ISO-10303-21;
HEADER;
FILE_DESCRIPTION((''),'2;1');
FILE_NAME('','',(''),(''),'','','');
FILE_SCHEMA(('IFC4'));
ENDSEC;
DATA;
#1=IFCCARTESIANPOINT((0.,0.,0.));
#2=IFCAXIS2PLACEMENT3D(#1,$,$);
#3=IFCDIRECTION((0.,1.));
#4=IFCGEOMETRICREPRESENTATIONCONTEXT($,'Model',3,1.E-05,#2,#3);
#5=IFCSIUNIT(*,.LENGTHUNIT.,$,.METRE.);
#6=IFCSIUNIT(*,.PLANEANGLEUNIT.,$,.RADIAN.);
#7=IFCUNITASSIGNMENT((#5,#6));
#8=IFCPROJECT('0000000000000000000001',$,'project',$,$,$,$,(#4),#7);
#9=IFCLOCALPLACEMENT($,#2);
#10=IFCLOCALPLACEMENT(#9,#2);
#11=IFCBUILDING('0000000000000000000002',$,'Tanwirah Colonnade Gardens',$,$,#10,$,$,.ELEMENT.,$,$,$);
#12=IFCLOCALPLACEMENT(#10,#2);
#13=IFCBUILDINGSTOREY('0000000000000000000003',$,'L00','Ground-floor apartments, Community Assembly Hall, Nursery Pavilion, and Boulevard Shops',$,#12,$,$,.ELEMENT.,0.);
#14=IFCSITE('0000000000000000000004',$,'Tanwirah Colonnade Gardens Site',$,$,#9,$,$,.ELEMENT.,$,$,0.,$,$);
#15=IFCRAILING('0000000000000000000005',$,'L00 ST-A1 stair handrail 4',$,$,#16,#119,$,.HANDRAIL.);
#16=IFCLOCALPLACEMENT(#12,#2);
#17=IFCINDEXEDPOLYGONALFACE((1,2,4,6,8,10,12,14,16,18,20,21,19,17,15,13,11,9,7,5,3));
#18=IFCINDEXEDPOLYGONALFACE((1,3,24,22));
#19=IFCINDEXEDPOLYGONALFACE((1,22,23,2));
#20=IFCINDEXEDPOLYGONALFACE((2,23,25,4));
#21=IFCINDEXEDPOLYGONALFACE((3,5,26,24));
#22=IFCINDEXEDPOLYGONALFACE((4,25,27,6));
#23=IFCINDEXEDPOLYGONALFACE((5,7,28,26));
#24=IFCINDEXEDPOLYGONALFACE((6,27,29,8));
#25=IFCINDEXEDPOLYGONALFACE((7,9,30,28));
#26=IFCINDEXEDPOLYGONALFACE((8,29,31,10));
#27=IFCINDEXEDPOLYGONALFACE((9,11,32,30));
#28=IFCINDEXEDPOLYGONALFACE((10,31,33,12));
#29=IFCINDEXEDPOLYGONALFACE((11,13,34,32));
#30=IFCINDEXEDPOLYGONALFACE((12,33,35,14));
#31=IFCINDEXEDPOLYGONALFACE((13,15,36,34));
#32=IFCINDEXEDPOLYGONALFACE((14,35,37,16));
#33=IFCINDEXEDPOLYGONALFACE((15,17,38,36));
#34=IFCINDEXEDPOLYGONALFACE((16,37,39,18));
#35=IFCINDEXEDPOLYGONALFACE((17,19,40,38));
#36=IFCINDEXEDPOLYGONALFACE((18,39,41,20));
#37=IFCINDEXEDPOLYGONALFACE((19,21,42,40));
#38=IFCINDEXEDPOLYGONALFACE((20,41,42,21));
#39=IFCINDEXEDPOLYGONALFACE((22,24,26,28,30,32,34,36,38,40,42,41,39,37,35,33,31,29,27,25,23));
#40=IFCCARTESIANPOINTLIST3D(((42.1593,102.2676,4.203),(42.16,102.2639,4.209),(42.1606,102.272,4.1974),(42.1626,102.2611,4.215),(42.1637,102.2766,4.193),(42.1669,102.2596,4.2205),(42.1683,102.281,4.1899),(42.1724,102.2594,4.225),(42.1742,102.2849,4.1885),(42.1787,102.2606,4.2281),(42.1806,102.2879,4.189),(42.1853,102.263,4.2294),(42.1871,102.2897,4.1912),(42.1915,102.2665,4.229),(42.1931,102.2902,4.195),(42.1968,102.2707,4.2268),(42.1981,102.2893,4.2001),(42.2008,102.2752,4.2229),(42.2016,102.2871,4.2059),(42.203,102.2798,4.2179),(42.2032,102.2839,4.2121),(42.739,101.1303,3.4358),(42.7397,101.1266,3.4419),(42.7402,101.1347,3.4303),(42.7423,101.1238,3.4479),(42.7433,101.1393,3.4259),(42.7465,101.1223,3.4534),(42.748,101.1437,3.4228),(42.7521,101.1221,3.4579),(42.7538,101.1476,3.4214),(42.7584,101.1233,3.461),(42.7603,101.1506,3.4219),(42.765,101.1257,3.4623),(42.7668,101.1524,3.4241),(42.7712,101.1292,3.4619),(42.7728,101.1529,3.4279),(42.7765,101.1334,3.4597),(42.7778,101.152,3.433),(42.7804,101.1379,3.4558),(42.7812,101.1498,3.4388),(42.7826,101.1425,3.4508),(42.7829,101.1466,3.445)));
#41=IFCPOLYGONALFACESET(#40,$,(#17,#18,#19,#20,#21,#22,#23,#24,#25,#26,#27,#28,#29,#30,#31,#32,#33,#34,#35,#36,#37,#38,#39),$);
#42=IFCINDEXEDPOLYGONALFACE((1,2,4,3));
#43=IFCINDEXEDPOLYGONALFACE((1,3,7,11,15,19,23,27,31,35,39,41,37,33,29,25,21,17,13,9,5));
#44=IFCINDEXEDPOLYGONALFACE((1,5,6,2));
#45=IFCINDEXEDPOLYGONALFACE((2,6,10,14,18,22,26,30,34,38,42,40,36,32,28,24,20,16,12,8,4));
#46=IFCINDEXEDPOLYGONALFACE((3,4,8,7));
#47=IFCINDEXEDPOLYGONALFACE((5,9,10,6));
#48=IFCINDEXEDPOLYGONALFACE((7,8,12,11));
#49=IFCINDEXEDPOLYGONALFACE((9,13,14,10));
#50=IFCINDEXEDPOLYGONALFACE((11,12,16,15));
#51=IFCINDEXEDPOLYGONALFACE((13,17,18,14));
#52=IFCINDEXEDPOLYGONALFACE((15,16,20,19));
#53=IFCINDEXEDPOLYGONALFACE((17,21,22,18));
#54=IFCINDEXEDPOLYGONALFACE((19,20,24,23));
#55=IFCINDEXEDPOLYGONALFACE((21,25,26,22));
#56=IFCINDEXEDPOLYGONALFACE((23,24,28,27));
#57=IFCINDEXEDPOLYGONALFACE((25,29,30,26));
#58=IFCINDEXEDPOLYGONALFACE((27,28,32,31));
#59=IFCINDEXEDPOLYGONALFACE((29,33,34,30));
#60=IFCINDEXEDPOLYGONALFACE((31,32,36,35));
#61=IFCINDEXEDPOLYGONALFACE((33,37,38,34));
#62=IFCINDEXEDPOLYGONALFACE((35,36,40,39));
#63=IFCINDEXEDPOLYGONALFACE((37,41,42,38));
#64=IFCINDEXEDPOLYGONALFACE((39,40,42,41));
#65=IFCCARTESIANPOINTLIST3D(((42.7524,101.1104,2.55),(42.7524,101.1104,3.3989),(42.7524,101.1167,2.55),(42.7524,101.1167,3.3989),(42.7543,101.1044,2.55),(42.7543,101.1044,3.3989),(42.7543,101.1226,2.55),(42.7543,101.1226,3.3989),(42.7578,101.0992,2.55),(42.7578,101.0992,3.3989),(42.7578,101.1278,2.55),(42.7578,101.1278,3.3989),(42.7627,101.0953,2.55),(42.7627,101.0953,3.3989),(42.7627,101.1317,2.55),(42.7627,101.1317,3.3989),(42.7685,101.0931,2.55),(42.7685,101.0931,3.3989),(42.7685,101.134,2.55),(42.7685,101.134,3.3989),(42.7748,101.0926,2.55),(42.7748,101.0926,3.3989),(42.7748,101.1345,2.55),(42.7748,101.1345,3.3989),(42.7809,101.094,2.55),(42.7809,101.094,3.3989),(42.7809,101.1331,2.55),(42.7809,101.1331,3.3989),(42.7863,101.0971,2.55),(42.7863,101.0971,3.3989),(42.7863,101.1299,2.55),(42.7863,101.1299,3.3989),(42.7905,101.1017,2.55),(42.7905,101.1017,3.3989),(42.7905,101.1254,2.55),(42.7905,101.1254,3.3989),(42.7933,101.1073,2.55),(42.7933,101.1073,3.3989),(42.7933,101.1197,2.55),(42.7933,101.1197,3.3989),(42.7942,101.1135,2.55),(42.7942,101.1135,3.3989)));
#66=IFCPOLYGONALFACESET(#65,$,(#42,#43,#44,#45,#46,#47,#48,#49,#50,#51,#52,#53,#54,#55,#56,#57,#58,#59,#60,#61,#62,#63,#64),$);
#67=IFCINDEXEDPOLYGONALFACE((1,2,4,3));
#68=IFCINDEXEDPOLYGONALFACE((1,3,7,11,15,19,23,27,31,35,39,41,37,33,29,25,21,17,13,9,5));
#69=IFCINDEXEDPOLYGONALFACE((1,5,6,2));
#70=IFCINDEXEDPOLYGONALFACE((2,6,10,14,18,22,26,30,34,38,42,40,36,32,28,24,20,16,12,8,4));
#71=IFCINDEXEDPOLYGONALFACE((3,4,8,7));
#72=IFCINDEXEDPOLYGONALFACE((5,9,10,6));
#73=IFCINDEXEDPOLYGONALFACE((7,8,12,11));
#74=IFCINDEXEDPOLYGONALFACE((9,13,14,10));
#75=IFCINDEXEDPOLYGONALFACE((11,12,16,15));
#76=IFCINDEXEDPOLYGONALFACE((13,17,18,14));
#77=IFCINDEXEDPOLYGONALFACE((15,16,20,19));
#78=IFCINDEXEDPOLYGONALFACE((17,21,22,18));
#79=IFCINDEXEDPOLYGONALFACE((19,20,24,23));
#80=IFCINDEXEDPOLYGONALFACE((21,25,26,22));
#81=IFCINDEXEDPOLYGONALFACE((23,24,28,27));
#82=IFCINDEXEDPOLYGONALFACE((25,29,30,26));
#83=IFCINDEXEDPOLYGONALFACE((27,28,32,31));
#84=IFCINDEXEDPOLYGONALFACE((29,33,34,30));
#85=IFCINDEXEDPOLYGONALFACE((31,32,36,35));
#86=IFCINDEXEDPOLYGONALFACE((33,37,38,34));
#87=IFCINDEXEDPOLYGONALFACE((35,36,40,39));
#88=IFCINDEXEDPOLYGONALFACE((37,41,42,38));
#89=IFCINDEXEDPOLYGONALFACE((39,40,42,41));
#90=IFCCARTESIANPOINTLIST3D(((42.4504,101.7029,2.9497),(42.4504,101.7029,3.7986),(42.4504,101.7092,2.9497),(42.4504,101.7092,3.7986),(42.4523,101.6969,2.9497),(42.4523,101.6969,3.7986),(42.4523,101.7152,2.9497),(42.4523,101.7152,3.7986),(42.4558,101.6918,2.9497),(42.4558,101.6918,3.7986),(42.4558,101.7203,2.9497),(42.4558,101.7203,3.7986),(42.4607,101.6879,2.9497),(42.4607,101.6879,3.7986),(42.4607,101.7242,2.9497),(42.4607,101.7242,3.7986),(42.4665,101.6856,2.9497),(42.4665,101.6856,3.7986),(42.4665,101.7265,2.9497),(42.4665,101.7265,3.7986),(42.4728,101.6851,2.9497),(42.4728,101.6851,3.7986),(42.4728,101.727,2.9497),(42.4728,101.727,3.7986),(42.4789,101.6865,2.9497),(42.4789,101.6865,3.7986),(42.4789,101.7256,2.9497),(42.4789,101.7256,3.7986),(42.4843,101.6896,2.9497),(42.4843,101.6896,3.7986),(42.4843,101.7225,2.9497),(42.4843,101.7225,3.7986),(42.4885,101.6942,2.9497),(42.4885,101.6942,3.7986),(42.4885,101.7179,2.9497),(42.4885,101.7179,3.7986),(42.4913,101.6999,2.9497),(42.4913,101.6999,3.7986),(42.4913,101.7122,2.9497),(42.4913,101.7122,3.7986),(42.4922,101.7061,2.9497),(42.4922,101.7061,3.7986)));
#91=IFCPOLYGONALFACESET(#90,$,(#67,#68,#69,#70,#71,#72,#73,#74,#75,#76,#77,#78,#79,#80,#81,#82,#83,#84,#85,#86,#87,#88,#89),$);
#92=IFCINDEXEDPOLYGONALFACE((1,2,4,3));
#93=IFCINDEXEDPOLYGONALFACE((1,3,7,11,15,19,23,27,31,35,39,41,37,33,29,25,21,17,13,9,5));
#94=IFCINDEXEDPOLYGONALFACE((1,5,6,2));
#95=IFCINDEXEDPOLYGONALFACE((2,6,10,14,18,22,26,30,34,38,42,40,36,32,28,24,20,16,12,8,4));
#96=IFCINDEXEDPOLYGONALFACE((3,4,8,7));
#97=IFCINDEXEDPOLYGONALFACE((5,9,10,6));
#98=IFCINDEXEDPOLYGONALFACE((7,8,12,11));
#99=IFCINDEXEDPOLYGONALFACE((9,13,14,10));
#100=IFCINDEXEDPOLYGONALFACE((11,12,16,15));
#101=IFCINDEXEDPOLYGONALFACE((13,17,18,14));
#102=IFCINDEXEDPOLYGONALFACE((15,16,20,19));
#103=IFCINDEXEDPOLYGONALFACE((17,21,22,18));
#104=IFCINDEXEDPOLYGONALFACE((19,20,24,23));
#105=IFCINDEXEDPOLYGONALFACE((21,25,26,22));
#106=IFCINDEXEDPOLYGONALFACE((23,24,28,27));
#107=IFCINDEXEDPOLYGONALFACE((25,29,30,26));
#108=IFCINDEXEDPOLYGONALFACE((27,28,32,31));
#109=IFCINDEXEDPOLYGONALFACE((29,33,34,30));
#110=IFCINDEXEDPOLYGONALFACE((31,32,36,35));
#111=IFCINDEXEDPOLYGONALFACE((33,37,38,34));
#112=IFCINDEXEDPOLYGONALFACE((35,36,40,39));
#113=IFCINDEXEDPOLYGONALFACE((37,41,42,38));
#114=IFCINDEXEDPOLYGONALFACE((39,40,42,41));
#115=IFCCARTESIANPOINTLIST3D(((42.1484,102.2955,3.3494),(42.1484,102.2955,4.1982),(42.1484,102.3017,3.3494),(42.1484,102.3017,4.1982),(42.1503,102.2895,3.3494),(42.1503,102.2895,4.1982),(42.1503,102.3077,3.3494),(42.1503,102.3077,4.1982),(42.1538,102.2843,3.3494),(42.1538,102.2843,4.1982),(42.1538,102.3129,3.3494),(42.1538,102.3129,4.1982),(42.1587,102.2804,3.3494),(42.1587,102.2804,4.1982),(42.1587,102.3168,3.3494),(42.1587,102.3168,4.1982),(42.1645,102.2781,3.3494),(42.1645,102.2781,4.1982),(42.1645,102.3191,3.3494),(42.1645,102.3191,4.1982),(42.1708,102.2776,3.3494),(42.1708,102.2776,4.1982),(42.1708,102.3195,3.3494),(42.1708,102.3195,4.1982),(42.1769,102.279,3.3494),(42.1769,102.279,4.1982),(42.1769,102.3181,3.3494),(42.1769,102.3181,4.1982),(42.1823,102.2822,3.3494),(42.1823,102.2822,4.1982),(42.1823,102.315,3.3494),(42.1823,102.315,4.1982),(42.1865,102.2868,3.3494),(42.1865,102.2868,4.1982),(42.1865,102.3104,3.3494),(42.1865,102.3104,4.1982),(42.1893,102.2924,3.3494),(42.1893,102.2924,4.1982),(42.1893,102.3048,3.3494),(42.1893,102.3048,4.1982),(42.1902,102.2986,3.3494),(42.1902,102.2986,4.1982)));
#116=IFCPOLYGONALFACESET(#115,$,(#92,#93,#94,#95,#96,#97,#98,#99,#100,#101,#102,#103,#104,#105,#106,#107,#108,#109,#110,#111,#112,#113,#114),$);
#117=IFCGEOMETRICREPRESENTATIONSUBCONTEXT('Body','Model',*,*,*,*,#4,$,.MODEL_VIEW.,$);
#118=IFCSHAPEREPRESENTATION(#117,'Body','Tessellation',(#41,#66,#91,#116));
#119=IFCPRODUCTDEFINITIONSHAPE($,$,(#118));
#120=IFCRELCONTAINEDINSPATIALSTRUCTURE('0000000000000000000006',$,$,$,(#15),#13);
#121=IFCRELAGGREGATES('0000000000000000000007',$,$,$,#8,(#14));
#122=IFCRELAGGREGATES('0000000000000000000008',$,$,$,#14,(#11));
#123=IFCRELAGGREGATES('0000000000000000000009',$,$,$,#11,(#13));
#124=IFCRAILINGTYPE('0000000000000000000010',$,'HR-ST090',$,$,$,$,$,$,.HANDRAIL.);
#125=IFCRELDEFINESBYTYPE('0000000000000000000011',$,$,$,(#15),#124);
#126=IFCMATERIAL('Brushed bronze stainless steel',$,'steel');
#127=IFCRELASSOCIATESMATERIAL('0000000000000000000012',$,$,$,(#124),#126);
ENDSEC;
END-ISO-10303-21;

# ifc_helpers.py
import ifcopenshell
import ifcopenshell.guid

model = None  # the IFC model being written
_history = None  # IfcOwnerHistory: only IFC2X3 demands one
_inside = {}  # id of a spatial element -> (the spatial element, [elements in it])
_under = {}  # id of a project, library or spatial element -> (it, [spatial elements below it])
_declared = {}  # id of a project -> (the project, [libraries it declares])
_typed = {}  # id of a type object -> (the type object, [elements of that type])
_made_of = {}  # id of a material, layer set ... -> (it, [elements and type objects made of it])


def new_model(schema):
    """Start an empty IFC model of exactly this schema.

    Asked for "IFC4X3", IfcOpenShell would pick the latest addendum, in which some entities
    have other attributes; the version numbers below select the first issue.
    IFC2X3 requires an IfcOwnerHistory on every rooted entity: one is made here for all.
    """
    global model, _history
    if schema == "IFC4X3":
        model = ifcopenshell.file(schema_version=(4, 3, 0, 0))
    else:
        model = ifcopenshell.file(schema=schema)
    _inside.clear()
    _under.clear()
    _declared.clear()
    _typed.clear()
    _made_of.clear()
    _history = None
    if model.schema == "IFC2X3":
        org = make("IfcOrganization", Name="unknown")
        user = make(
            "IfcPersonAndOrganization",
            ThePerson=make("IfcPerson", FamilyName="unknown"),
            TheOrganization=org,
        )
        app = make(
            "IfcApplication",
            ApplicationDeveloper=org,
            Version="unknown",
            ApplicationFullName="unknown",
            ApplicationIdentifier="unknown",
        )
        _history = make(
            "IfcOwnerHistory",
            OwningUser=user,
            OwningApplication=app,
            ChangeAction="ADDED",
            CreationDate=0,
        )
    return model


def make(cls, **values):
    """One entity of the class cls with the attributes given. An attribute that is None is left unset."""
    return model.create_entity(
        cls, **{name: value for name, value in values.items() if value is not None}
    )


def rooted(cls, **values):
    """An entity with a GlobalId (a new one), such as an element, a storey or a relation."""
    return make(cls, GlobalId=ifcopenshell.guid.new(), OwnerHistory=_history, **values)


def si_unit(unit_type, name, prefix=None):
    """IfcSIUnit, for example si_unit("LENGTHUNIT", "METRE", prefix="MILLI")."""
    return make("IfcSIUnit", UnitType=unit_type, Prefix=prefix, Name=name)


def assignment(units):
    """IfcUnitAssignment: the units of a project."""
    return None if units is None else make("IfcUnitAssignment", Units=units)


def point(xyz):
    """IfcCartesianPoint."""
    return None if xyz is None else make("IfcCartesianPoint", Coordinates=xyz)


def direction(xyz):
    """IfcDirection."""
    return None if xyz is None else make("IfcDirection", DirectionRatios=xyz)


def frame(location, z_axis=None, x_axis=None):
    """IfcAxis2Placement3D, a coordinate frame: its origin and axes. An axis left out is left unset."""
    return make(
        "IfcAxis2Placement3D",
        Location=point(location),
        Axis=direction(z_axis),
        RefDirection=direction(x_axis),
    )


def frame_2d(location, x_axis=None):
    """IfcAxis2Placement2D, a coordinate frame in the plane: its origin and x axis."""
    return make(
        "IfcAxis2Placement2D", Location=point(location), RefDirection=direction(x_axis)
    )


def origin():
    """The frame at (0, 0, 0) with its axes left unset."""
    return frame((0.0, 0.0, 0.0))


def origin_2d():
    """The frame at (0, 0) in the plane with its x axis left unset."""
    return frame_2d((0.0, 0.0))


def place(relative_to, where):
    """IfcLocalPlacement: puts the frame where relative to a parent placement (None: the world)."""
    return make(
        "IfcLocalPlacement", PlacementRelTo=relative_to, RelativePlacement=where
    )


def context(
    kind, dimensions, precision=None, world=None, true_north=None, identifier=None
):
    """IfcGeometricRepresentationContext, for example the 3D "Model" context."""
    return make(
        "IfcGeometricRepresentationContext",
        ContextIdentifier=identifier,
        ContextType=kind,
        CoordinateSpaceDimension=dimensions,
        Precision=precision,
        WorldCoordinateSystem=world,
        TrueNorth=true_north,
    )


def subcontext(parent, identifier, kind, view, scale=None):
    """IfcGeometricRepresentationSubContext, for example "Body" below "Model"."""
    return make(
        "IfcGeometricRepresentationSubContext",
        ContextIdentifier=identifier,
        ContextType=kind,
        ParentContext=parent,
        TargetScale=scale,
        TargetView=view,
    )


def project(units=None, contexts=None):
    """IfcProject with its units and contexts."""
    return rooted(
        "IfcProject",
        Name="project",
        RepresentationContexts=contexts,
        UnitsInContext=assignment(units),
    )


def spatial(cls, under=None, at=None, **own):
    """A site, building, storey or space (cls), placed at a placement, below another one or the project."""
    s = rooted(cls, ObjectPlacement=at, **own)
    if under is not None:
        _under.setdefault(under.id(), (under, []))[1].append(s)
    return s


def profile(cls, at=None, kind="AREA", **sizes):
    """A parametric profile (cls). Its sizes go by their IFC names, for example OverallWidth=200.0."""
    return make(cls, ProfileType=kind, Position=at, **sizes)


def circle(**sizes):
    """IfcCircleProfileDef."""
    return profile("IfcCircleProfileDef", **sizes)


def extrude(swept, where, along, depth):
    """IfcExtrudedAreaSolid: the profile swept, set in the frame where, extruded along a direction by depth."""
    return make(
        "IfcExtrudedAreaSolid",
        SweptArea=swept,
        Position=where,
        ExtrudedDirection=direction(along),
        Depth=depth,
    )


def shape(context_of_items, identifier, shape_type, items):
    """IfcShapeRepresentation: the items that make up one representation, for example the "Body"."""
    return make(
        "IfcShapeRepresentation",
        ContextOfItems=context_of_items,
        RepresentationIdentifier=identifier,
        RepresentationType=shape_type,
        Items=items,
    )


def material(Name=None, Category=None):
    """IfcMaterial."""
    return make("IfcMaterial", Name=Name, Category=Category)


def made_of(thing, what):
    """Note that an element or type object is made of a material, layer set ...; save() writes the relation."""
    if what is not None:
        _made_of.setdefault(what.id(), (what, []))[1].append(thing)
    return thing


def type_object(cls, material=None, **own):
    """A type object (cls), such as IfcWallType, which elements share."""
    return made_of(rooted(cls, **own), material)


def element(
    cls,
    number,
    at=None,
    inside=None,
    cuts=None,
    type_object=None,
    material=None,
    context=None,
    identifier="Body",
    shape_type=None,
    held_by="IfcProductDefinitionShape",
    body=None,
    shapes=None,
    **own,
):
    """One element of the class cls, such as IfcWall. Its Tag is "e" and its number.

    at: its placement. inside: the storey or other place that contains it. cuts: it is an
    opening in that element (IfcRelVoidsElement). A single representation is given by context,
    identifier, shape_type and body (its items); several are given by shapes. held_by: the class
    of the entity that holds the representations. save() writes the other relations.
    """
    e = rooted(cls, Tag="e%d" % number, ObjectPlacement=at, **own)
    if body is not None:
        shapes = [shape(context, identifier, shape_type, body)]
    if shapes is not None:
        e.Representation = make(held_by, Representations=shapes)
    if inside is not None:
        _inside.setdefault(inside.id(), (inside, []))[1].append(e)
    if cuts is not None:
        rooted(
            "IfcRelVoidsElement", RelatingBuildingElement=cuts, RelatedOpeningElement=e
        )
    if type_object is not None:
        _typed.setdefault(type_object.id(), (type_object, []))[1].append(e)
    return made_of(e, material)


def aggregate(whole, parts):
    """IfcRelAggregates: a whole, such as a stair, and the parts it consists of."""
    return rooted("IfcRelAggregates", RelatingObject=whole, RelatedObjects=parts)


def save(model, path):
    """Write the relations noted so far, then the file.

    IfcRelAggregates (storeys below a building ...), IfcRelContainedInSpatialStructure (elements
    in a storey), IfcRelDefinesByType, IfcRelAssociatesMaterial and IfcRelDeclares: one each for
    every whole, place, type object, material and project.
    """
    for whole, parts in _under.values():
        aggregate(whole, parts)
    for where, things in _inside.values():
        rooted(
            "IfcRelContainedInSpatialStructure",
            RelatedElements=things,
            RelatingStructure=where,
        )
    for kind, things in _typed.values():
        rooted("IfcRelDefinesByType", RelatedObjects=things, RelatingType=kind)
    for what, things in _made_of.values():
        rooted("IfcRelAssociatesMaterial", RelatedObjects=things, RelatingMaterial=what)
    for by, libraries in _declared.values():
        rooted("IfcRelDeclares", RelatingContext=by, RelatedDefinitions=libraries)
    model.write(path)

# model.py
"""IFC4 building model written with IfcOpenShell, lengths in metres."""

from ifc_helpers import new_model, si_unit, direction, frame, origin, origin_2d, place, context, subcontext, project, spatial, circle, extrude, material, type_object, element, save


model = new_model("IFC4")

# Units and contexts
model_context = context("Model", 3, precision=1e-05, world=origin(), true_north=direction((0.0, 1.0)))
body_context = subcontext(model_context, "Body", "Model", "MODEL_VIEW")
ifc_project = project(units=[si_unit("LENGTHUNIT", "METRE"), si_unit("PLANEANGLEUNIT", "RADIAN")], contexts=[model_context])

# Site, building, storey
site_placement = place(None, origin())
site = spatial("IfcSite", under=ifc_project, at=site_placement, Name="Tanwirah Colonnade Gardens Site", CompositionType="ELEMENT", RefElevation=0.0)
building_placement = place(site_placement, origin())
building = spatial("IfcBuilding", under=site, at=building_placement, Name="Tanwirah Colonnade Gardens", CompositionType="ELEMENT")
storey_placement = place(building_placement, origin())
storey = spatial("IfcBuildingStorey", under=building, at=storey_placement, Name="L00", Description="Ground-floor apartments, Community Assembly Hall, Nursery Pavilion, and Boulevard Shops", CompositionType="ELEMENT", Elevation=0.0)

# Railing
ifc_material_1 = material(Name="Brushed bronze stainless steel", Category="steel")
railing_type_1 = type_object("IfcRailingType", Name="HR-ST090", PredefinedType="HANDRAIL", material=ifc_material_1)
railing_1_placement = place(storey_placement, frame((42.7732, 101.1135, 2.55)))
element("IfcRailing", 1, at=railing_1_placement, inside=storey, type_object=railing_type_1, Name="L00 ST-A1 stair handrail 4", PredefinedType="HANDRAIL", context=body_context, shape_type="SweptSolid", body=[
    extrude(circle(Radius=0.0239, at=origin_2d()), frame((-0.0122, 0.0239, 0.8918), z_axis=(-0.389227, 0.763666, 0.515089), x_axis=(-0.89095, -0.454102, 0.0)), (0.0, 0.0, 1.0), 1.4893),
    extrude(circle(Radius=0.021, at=origin_2d()), origin(), (0.0, 0.0, 1.0), 0.8489),
    extrude(circle(Radius=0.021, at=origin_2d()), frame((-0.302, 0.5925, 0.3997)), (0.0, 0.0, 1.0), 0.8489),
    extrude(circle(Radius=0.021, at=origin_2d()), frame((-0.604, 1.1851, 0.7993)), (0.0, 0.0, 1.0), 0.8489),
])

save(model, "model.ifc")
